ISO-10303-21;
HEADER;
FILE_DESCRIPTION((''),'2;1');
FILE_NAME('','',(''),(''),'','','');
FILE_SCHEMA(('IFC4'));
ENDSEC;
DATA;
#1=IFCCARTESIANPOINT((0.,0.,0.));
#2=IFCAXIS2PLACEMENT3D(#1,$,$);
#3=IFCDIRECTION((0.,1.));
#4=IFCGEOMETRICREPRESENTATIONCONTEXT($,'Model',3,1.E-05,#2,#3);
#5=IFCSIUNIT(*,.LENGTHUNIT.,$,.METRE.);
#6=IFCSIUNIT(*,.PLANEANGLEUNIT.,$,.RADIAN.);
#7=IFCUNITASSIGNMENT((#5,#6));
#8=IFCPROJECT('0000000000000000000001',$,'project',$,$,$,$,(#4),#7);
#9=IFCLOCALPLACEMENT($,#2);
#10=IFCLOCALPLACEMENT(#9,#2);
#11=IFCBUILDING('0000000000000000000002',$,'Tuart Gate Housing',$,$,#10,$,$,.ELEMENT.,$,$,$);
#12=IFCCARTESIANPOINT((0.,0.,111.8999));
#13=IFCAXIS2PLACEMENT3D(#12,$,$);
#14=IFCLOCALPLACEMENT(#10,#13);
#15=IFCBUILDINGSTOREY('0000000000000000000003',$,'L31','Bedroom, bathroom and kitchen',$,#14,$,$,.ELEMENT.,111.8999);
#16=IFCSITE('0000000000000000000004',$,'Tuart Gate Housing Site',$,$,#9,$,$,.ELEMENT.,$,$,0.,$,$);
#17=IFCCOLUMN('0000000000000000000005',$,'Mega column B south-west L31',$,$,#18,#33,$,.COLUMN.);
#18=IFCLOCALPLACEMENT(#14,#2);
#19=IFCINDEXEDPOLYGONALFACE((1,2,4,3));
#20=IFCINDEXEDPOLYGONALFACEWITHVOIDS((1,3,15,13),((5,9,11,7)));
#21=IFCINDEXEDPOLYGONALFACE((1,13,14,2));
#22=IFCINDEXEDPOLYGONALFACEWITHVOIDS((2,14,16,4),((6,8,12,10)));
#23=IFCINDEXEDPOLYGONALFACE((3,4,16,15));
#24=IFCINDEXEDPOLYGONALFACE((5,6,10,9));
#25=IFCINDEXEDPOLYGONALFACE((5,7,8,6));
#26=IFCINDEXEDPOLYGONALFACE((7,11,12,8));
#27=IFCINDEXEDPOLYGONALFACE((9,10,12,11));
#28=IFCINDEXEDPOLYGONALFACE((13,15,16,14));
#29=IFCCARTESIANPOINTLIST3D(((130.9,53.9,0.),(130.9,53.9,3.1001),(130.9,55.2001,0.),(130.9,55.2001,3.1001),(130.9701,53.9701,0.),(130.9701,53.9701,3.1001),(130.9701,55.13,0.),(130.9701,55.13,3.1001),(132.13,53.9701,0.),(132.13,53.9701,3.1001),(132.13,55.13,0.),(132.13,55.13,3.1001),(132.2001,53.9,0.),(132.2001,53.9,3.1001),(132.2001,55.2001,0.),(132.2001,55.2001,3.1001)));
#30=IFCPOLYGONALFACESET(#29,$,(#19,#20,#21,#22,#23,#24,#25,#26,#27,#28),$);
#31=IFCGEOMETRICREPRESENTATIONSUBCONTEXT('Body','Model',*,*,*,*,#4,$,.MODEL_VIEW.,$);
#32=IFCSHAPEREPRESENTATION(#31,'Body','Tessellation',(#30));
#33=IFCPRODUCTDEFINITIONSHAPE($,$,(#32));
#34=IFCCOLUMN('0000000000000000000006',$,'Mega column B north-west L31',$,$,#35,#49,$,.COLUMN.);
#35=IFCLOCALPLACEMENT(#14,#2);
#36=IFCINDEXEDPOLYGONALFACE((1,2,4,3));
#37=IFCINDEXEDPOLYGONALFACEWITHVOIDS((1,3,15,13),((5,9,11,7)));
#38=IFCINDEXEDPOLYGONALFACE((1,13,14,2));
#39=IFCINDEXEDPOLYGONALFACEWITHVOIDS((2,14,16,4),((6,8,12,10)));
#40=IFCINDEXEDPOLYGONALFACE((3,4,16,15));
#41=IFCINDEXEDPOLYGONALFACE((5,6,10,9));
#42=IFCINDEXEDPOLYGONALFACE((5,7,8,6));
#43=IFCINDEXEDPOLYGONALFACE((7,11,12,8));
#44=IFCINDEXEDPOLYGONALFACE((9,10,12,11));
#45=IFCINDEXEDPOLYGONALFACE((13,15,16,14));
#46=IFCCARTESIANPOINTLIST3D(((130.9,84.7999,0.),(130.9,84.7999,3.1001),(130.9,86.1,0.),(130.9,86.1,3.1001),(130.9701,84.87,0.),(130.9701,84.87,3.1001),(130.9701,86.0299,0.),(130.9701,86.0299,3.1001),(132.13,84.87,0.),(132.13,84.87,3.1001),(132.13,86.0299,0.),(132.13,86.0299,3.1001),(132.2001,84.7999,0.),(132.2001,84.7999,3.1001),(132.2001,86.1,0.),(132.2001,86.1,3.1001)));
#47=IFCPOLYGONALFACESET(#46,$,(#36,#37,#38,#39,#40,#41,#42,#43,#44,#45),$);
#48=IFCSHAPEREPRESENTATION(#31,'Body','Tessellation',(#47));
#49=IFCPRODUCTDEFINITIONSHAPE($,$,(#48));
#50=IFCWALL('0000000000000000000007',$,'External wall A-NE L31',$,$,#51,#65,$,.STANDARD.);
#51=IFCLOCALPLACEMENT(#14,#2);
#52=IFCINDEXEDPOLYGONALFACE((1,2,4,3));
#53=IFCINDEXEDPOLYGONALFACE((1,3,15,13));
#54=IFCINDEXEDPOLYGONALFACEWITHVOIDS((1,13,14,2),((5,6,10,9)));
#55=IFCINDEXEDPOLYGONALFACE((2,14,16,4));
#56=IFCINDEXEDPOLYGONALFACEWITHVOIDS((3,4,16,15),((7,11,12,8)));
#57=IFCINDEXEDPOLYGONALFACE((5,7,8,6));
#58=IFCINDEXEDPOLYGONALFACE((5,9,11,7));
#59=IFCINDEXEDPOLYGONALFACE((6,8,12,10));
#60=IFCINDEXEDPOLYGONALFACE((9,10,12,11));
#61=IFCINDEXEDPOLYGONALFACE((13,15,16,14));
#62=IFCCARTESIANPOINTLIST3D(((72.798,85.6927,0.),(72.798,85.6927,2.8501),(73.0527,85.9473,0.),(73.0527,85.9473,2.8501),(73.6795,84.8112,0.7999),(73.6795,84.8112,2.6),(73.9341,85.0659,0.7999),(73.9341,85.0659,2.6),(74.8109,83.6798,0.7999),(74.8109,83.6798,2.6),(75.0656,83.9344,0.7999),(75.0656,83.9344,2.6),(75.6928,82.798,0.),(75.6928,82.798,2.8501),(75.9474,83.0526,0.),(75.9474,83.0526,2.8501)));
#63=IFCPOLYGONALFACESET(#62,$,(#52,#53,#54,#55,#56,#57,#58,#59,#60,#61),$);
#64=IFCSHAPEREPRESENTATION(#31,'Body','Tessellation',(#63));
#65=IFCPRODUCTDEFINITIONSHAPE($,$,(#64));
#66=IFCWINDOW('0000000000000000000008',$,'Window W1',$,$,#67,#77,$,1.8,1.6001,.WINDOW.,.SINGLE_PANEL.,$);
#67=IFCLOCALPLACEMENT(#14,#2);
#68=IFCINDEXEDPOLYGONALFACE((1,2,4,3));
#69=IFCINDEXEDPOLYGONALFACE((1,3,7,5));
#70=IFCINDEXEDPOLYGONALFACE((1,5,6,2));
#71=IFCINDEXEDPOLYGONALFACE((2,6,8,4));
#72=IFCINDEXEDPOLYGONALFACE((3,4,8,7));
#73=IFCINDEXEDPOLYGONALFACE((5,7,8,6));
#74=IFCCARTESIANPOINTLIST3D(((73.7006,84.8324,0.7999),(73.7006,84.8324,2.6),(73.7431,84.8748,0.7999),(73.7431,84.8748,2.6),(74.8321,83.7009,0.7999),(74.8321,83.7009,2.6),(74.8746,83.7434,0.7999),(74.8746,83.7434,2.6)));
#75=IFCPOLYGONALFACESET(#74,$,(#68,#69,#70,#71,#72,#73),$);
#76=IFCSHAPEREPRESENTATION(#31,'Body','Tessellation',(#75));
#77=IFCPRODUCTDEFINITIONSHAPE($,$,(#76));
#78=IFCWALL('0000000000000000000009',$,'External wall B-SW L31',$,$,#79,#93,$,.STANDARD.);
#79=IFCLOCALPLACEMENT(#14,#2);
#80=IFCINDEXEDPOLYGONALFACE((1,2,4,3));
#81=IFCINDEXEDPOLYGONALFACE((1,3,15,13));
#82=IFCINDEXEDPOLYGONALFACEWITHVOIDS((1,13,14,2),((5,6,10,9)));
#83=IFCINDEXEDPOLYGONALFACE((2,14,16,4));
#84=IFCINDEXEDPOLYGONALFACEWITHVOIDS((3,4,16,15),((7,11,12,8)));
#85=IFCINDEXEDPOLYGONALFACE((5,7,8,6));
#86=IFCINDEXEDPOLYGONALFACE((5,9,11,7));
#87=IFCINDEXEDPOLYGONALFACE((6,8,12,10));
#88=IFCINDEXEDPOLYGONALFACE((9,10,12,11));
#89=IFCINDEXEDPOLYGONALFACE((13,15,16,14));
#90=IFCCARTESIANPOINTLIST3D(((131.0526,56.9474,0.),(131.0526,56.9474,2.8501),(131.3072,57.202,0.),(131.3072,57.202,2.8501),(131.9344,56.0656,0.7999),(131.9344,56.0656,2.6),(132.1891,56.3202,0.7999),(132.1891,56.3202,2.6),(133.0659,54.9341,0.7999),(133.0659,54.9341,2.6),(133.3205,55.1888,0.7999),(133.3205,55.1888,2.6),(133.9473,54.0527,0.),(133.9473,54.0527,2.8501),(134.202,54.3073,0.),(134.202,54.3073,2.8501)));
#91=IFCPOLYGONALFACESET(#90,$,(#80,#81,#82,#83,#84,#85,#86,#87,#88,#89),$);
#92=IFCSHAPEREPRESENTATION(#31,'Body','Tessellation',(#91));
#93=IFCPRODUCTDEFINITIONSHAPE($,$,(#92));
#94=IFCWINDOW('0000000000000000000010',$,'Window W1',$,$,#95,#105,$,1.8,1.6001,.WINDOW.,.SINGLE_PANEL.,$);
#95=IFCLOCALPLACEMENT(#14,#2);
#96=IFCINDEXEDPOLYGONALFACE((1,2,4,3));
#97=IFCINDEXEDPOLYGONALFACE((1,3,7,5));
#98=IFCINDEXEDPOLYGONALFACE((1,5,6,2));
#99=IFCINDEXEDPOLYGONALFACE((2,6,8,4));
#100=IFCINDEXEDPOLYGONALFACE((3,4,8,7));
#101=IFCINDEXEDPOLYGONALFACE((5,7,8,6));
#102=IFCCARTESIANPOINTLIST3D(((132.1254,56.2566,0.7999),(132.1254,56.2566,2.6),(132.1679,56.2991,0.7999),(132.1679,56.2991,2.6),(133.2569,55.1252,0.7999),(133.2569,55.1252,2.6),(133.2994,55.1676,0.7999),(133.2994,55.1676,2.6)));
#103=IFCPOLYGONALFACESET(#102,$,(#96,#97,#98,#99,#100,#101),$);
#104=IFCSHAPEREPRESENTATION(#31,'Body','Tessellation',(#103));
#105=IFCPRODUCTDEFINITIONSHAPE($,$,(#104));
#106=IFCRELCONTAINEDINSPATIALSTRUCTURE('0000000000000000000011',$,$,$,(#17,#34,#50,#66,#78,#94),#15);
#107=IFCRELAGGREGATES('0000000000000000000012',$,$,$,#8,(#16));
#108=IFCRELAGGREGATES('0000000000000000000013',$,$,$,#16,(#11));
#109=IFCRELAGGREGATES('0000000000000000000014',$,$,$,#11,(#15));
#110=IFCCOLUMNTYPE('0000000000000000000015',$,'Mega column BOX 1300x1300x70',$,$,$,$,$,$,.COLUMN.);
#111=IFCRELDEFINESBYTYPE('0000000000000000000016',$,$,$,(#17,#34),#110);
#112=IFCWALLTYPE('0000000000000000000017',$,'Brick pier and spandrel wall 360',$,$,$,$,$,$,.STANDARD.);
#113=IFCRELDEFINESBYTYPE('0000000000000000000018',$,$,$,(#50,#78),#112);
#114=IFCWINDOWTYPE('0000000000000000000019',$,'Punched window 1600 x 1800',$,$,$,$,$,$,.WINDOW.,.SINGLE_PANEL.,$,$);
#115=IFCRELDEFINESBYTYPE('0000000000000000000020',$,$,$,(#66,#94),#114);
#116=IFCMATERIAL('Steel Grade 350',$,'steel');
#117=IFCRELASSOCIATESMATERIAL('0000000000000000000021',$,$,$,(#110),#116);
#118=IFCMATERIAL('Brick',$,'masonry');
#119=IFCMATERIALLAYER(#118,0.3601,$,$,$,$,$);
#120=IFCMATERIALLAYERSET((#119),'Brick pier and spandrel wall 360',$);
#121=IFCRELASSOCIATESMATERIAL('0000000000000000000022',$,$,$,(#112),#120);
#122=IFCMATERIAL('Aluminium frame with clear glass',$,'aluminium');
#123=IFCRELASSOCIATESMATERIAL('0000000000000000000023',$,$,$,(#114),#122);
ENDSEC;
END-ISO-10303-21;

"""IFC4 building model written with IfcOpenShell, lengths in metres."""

from ifc_helpers import new_model, si_unit, direction, frame, frame_2d, origin, origin_2d, place, context, subcontext, project, spatial, rectangle, hollow_rectangle, extrude, material, layer, layer_set, material_profile, profile_set, type_object, element, fill, save


model = new_model("IFC4")

# Units and contexts
model_context = context("Model", 3, precision=1e-05, world=origin(), true_north=direction((0.0, 1.0)))
body_context = subcontext(model_context, "Body", "Model", "MODEL_VIEW")
ifc_project = project(units=[si_unit("LENGTHUNIT", "METRE"), si_unit("PLANEANGLEUNIT", "RADIAN")], contexts=[model_context])

# Site, building, storey
site_placement = place(None, origin())
site = spatial("IfcSite", under=ifc_project, at=site_placement, Name="Tuart Gate Housing Site", CompositionType="ELEMENT", RefElevation=0.0)
building_placement = place(site_placement, origin())
building = spatial("IfcBuilding", under=site, at=building_placement, Name="Tuart Gate Housing", CompositionType="ELEMENT")
storey_placement = place(building_placement, frame((0.0, 0.0, 111.8999)))
storey = spatial("IfcBuildingStorey", under=building, at=storey_placement, Name="L31", Description="Bedroom, bathroom and kitchen", CompositionType="ELEMENT", Elevation=111.8999)

# Columns
ifc_material_1 = material(Name="Steel Grade 350", Category="steel")
ifc_material_profile = material_profile(ifc_material_1, hollow_rectangle(XDim=1.3, YDim=1.3, WallThickness=0.0701, at=origin_2d()), Name="BOX 1300x1300x70")
ifc_profile_set = profile_set([ifc_material_profile], Name="Steel Grade 350")
column_type = type_object("IfcColumnType", Name="Mega column BOX 1300x1300x70", PredefinedType="COLUMN", material=ifc_profile_set)
for number, where, z_axis, x_axis, name in (
    (1, (131.55, 54.55, 0.0), (0.0, 0.0, 1.0), (1.0, 0.0, 0.0), "Mega column B south-west L31"),
    (2, (131.55, 85.45, 0.0), (0.0, 0.0, 1.0), (1.0, 0.0, 0.0), "Mega column B north-west L31"),
):
    element("IfcColumn", number, at=place(storey_placement, frame(where, z_axis=z_axis, x_axis=x_axis)), inside=storey, type_object=column_type, Name=name, PredefinedType="COLUMN", context=body_context, shape_type="SweptSolid", body=[
        extrude(hollow_rectangle(XDim=1.3, YDim=1.3, WallThickness=0.0701, at=origin_2d()), origin(), (0.0, 0.0, 1.0), 3.1001),
    ])

# Walls, openings, windows
ifc_material_2 = material(Name="Brick", Category="masonry")
ifc_layer_1 = layer(ifc_material_2, 0.3601)
ifc_layer_set_1 = layer_set([ifc_layer_1], Name="Brick pier and spandrel wall 360")
wall_type_1 = type_object("IfcWallType", Name="Brick pier and spandrel wall 360", PredefinedType="STANDARD", material=ifc_layer_set_1)
wall_1_placement = place(storey_placement, frame((75.8201, 82.9253, 0.0), z_axis=(0.0, 0.0, 1.0), x_axis=(-0.707107, 0.707107, 0.0)))
wall_1 = element("IfcWall", 3, at=wall_1_placement, inside=storey, type_object=wall_type_1, Name="External wall A-NE L31", PredefinedType="STANDARD", context=body_context, shape_type="SweptSolid", body=[
    extrude(rectangle(XDim=4.0938, YDim=0.3601, at=frame_2d((2.0469, 0.0))), origin(), (0.0, 0.0, 1.0), 2.8501),
])
opening_1_placement = place(wall_1_placement, frame((1.2471, 0.0, 0.8)))
opening_1 = element("IfcOpeningElement", 4, at=opening_1_placement, cuts=wall_1, PredefinedType="OPENING", context=body_context, shape_type="SweptSolid", body=[
    extrude(rectangle(XDim=1.6001, YDim=1.8, at=frame_2d((0.8, 0.8999))), frame((0.0, 0.1899, 0.0), z_axis=(0.0, -1.0, 0.0), x_axis=(1.0, 0.0, 0.0)), (0.0, 0.0, 1.0), 0.3801),
])
ifc_material_3 = material(Name="Aluminium frame with clear glass", Category="aluminium")
window_type = type_object("IfcWindowType", Name="Punched window 1600 x 1800", PartitioningType="SINGLE_PANEL", PredefinedType="WINDOW", material=ifc_material_3)
window_1_placement = place(opening_1_placement, origin())
window_1 = element("IfcWindow", 5, at=window_1_placement, inside=storey, type_object=window_type, Name="Window W1", OverallHeight=1.8, OverallWidth=1.6001, PartitioningType="SINGLE_PANEL", PredefinedType="WINDOW", context=body_context, shape_type="SweptSolid", body=[
    extrude(rectangle(XDim=1.6001, YDim=1.8, at=frame_2d((0.8, 0.8999))), frame((0.0, 0.1501, 0.0), z_axis=(0.0, -1.0, 0.0), x_axis=(1.0, 0.0, 0.0)), (0.0, 0.0, 1.0), 0.0601),
])
fill(opening_1, window_1)
wall_2_placement = place(storey_placement, frame((131.1799, 57.0747, 0.0), z_axis=(0.0, 0.0, 1.0), x_axis=(0.707107, -0.707107, 0.0)))
wall_2 = element("IfcWall", 6, at=wall_2_placement, inside=storey, type_object=wall_type_1, Name="External wall B-SW L31", PredefinedType="STANDARD", context=body_context, shape_type="SweptSolid", body=[
    extrude(rectangle(XDim=4.0938, YDim=0.3601, at=frame_2d((2.0469, 0.0))), origin(), (0.0, 0.0, 1.0), 2.8501),
])
opening_2_placement = place(wall_2_placement, frame((1.2471, 0.0, 0.8)))
opening_2 = element("IfcOpeningElement", 7, at=opening_2_placement, cuts=wall_2, PredefinedType="OPENING", context=body_context, shape_type="SweptSolid", body=[
    extrude(rectangle(XDim=1.6001, YDim=1.8, at=frame_2d((0.8, 0.8999))), frame((0.0, 0.1899, 0.0), z_axis=(0.0, -1.0, 0.0), x_axis=(1.0, 0.0, 0.0)), (0.0, 0.0, 1.0), 0.3801),
])
window_2_placement = place(opening_2_placement, origin())
window_2 = element("IfcWindow", 8, at=window_2_placement, inside=storey, type_object=window_type, Name="Window W1", OverallHeight=1.8, OverallWidth=1.6001, PartitioningType="SINGLE_PANEL", PredefinedType="WINDOW", context=body_context, shape_type="SweptSolid", body=[
    extrude(rectangle(XDim=1.6001, YDim=1.8, at=frame_2d((0.8, 0.8999))), frame((0.0, 0.1501, 0.0), z_axis=(0.0, -1.0, 0.0), x_axis=(1.0, 0.0, 0.0)), (0.0, 0.0, 1.0), 0.0601),
])
fill(opening_2, window_2)

save(model, "model.ifc")
